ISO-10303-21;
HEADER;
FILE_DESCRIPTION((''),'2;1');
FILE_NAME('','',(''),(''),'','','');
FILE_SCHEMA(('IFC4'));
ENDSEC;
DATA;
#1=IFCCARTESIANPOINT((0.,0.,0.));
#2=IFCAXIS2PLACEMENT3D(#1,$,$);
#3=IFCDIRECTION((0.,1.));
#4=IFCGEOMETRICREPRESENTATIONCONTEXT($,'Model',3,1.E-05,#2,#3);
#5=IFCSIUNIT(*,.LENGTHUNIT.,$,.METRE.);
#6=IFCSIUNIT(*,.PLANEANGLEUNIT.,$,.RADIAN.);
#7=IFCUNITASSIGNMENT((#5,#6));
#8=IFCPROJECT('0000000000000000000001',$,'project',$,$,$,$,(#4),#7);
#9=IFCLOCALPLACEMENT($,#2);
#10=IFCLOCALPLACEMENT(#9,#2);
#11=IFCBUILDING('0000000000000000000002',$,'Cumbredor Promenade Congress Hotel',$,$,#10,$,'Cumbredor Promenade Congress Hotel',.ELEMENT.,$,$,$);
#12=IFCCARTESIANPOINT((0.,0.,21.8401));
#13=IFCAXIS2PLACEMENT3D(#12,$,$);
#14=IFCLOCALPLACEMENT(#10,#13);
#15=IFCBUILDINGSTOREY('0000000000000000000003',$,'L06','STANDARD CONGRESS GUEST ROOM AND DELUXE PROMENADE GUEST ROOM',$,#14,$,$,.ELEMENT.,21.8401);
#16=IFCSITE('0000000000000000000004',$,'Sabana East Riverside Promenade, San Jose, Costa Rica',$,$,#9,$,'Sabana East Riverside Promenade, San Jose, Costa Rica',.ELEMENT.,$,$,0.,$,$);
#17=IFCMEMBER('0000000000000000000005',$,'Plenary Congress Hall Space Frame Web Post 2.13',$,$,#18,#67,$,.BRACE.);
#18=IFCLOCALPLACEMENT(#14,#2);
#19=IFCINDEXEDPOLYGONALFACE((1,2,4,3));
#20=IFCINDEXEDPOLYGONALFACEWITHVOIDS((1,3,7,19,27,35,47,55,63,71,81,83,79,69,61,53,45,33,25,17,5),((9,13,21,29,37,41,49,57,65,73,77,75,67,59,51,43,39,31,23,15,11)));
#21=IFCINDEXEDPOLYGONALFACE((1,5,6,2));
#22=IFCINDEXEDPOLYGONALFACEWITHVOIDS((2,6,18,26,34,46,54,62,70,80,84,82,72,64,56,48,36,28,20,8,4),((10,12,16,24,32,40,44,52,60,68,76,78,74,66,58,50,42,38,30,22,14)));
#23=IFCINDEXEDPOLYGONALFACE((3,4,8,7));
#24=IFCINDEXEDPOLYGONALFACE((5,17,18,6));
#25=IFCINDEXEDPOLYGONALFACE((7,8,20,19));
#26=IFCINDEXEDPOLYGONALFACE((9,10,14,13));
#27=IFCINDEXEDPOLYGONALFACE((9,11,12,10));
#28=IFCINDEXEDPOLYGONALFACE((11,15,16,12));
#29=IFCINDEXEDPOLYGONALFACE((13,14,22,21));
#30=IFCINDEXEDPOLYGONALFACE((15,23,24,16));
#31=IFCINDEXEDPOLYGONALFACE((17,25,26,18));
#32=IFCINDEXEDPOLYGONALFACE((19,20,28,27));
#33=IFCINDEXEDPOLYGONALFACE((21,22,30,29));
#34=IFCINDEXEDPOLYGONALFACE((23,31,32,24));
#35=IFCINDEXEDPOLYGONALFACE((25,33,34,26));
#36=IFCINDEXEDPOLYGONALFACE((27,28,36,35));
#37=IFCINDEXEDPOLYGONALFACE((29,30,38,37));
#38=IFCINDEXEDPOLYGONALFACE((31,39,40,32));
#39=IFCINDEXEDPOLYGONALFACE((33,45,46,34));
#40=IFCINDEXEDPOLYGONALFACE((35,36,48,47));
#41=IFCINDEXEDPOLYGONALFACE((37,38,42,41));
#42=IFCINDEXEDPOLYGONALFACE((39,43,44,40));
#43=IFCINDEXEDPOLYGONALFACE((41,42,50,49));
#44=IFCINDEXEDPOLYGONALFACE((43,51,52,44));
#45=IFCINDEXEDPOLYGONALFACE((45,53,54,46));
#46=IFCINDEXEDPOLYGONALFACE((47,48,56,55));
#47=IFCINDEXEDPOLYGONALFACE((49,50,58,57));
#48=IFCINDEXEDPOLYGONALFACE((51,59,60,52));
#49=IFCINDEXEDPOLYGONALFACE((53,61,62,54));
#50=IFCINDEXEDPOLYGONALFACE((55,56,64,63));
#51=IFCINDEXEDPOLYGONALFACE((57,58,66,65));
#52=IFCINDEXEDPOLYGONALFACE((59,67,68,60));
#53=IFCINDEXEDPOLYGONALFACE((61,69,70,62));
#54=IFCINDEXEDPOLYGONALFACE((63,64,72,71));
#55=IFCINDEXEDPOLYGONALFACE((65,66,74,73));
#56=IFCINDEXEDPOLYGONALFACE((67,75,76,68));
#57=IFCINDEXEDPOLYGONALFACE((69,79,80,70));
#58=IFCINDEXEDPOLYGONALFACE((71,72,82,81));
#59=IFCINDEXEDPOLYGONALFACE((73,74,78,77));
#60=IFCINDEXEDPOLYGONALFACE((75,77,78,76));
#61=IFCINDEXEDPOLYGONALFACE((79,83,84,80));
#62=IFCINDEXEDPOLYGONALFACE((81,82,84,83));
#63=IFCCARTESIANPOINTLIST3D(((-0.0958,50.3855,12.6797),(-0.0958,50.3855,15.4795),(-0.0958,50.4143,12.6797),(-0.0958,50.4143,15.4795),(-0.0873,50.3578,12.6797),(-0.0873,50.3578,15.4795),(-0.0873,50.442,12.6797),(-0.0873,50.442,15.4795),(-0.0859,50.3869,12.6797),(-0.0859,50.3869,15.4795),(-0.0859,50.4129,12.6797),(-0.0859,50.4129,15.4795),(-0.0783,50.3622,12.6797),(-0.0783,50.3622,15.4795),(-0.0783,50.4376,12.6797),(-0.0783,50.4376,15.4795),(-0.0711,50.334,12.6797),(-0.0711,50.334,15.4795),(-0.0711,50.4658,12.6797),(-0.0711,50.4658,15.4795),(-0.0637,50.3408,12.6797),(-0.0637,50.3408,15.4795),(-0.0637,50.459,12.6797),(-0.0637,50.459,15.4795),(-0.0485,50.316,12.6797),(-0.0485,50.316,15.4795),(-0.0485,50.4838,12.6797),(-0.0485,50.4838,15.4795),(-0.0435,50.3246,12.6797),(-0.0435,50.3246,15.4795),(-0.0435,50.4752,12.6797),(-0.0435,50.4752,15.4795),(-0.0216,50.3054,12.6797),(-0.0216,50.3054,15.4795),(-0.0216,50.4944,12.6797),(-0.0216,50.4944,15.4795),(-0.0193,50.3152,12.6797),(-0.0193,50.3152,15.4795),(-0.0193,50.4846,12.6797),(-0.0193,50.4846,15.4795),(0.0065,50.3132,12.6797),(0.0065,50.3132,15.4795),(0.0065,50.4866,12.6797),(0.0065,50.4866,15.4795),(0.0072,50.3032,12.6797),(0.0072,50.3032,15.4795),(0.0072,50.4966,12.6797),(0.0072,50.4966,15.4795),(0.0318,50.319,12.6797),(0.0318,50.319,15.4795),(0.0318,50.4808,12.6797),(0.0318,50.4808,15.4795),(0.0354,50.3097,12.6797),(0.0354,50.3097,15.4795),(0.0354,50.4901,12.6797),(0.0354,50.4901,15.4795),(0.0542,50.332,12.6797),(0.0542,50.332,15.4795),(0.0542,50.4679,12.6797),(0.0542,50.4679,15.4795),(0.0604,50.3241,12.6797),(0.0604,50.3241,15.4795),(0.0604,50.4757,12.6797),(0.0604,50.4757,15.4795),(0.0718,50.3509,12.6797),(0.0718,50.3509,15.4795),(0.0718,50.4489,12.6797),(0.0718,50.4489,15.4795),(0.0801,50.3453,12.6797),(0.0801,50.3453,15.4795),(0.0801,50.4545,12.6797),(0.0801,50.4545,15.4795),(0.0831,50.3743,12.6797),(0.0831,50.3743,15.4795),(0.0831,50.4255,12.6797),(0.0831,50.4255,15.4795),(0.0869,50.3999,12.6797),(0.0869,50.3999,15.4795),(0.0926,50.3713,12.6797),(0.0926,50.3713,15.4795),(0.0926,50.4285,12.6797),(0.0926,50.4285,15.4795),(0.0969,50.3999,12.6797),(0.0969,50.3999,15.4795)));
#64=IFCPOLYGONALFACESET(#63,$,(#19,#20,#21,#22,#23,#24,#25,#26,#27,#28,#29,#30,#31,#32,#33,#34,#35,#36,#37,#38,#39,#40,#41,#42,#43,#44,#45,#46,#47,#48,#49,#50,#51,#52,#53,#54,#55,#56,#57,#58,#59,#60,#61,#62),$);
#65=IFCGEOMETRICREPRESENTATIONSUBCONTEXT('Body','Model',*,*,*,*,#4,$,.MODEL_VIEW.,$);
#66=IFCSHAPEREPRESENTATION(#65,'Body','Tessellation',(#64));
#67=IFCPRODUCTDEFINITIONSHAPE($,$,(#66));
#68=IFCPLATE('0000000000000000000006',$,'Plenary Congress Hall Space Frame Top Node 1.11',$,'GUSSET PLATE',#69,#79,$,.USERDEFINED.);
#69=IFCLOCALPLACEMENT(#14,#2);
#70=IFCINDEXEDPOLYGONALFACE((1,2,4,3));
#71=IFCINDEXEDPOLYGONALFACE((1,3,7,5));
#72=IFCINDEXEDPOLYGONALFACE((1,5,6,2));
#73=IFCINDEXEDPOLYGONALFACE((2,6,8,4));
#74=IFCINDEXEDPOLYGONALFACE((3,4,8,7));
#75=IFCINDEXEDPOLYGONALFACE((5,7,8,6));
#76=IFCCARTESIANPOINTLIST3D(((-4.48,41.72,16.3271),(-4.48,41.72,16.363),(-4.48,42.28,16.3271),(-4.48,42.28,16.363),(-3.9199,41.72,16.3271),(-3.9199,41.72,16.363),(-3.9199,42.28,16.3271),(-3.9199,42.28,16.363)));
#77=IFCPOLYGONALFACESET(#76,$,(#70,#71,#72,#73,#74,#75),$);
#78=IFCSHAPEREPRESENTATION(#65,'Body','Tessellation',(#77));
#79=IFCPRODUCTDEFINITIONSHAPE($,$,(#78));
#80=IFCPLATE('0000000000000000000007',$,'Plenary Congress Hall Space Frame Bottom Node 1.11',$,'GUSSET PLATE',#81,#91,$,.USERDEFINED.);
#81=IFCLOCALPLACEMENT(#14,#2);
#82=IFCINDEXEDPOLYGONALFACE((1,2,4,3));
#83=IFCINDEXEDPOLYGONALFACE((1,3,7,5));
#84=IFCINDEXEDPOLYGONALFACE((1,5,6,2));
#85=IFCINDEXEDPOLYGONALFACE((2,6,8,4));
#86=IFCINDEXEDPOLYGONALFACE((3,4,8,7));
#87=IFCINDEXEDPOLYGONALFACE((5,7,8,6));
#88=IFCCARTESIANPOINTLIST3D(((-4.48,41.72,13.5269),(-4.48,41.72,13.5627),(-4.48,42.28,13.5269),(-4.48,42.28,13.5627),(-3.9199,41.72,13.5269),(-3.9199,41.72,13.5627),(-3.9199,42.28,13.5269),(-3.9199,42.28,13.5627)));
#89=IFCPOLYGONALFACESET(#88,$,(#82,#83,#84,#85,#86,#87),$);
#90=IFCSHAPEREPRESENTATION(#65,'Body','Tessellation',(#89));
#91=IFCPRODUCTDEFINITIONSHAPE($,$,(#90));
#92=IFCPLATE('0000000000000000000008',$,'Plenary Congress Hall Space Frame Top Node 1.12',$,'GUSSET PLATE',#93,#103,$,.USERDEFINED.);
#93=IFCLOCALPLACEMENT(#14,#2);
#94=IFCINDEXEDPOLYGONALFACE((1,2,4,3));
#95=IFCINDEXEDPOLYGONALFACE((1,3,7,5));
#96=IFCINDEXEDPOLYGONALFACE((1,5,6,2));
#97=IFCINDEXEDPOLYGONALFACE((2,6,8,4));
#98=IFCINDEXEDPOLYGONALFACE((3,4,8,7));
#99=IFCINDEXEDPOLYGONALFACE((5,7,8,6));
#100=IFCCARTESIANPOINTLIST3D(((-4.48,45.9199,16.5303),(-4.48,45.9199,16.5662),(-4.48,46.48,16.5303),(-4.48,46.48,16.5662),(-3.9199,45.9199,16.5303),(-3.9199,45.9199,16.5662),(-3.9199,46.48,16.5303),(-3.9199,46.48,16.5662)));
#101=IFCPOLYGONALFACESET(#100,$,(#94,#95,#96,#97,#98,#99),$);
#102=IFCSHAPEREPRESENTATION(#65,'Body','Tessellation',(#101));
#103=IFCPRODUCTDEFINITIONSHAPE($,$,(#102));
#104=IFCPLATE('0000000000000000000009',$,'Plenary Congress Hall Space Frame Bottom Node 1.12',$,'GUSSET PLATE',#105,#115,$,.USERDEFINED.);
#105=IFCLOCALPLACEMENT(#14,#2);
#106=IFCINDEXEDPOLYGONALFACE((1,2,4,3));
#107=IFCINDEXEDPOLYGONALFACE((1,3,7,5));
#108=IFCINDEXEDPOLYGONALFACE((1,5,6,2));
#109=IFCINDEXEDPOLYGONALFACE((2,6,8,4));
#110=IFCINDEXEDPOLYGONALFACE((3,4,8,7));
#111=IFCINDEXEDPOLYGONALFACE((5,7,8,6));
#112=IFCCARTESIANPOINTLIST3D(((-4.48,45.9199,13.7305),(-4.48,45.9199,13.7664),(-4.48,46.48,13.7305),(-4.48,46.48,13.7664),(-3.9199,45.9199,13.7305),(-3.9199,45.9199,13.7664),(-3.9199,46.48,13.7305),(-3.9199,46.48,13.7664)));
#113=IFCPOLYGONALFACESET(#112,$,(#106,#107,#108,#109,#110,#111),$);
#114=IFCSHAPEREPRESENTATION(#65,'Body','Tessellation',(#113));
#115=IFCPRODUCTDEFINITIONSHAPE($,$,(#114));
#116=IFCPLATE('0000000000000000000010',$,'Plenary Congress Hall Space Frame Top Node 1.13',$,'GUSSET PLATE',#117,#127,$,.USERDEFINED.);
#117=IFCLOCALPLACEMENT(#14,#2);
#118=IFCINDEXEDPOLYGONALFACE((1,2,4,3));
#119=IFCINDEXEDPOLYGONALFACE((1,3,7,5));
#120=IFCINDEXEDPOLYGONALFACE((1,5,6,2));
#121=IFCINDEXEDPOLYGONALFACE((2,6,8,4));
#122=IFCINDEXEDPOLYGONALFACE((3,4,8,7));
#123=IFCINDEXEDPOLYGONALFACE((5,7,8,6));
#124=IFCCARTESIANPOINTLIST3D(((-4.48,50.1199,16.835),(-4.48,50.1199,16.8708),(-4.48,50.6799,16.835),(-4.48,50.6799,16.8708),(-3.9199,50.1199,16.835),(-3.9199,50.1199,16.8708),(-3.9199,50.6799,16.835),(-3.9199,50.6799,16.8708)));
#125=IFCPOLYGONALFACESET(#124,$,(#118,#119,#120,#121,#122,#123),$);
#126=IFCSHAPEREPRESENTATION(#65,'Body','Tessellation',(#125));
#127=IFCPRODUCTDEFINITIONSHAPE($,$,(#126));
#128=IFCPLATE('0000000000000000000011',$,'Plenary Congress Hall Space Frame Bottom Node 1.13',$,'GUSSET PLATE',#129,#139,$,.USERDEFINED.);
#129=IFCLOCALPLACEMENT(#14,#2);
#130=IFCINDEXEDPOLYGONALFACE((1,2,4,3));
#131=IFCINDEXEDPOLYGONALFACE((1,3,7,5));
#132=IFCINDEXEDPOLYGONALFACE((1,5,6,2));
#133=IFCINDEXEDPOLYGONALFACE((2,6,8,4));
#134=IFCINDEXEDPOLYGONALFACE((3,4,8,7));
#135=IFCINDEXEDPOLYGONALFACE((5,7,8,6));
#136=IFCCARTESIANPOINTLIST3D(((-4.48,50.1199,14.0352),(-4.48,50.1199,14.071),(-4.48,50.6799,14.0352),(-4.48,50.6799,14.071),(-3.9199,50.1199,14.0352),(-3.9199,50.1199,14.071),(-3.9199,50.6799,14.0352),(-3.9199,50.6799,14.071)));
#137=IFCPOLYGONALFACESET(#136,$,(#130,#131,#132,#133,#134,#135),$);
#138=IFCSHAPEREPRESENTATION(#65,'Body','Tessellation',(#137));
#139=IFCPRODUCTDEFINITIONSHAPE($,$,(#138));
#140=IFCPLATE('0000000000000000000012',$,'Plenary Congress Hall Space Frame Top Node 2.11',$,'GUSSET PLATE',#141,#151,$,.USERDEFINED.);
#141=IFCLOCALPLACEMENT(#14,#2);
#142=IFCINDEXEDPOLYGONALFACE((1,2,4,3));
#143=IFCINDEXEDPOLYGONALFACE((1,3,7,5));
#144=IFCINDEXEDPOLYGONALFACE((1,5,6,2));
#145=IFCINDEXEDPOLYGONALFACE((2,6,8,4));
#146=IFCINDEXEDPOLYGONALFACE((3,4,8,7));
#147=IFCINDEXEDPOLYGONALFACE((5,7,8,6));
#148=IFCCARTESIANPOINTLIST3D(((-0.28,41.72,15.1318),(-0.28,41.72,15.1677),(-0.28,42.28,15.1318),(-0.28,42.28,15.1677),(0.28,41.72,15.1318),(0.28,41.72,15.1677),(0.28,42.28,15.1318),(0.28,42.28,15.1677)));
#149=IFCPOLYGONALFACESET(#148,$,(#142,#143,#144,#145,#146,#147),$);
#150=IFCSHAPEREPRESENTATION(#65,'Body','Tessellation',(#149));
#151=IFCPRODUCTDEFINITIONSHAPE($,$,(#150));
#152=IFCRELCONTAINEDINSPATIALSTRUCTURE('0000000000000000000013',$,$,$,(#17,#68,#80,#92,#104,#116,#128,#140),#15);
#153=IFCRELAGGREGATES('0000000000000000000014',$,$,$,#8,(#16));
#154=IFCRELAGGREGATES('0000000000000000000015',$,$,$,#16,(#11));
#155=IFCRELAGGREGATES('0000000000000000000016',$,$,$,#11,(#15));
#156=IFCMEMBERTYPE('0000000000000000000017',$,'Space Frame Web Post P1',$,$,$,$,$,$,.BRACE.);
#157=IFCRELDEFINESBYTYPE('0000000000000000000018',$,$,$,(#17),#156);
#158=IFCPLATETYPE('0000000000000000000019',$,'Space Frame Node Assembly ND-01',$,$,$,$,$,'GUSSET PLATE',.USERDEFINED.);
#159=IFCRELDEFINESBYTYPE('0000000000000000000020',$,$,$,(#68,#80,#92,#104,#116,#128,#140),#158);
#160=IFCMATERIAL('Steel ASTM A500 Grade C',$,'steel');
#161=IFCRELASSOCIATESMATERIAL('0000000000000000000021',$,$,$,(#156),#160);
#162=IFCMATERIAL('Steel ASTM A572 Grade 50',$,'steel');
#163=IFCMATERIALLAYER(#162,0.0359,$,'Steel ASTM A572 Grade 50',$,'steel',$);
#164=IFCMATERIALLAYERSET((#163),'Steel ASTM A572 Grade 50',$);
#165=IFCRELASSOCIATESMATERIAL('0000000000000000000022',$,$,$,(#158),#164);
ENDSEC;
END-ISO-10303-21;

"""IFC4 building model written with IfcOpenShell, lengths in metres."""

from ifc_helpers import new_model, si_unit, direction, frame, origin, origin_2d, place, context, subcontext, project, spatial, rectangle, hollow_circle, extrude, material, layer, layer_set, material_profile, profile_set, type_object, element, save


model = new_model("IFC4")

# Units and contexts
model_context = context("Model", 3, precision=1e-05, world=origin(), true_north=direction((0.0, 1.0)))
body_context = subcontext(model_context, "Body", "Model", "MODEL_VIEW")
ifc_project = project(units=[si_unit("LENGTHUNIT", "METRE"), si_unit("PLANEANGLEUNIT", "RADIAN")], contexts=[model_context])

# Site, building, storey
site_placement = place(None, origin())
site = spatial("IfcSite", under=ifc_project, at=site_placement, Name="Sabana East Riverside Promenade, San Jose, Costa Rica", LongName="Sabana East Riverside Promenade, San Jose, Costa Rica", CompositionType="ELEMENT", RefElevation=0.0)
building_placement = place(site_placement, origin())
building = spatial("IfcBuilding", under=site, at=building_placement, Name="Cumbredor Promenade Congress Hotel", LongName="Cumbredor Promenade Congress Hotel", CompositionType="ELEMENT")
storey_placement = place(building_placement, frame((0.0, 0.0, 21.8401)))
storey = spatial("IfcBuildingStorey", under=building, at=storey_placement, Name="L06", Description="STANDARD CONGRESS GUEST ROOM AND DELUXE PROMENADE GUEST ROOM", CompositionType="ELEMENT", Elevation=21.8401)

# Member
ifc_material_1 = material(Name="Steel ASTM A500 Grade C", Category="steel")
ifc_material_profile_1 = material_profile(ifc_material_1, hollow_circle(Radius=0.0969, WallThickness=0.01, at=origin_2d()), Name="CHS 193.7x10")
ifc_profile_set_1 = profile_set([ifc_material_profile_1], Name="Steel ASTM A500 Grade C")
member_type_1 = type_object("IfcMemberType", Name="Space Frame Web Post P1", PredefinedType="BRACE", material=ifc_profile_set_1)
for number, where, z_axis, x_axis, name in (
    (1, (0.0, 50.3999, 12.6797), (0.0, 0.0, 1.0), (1.0, 0.0, 0.0), "Plenary Congress Hall Space Frame Web Post 2.13"),
):
    element("IfcMember", number, at=place(storey_placement, frame(where, z_axis=z_axis, x_axis=x_axis)), inside=storey, type_object=member_type_1, Name=name, PredefinedType="BRACE", context=body_context, shape_type="SweptSolid", body=[
        extrude(hollow_circle(Radius=0.0969, WallThickness=0.01, at=origin_2d()), origin(), (0.0, 0.0, 1.0), 2.7998),
    ])

# Plates
ifc_material_2 = material(Name="Steel ASTM A572 Grade 50", Category="steel")
ifc_layer = layer(ifc_material_2, 0.0359, Name="Steel ASTM A572 Grade 50", Category="steel")
ifc_layer_set = layer_set([ifc_layer], Name="Steel ASTM A572 Grade 50")
plate_type = type_object("IfcPlateType", Name="Space Frame Node Assembly ND-01", ElementType="GUSSET PLATE", PredefinedType="USERDEFINED", material=ifc_layer_set)
for number, where, z_axis, x_axis, name in (
    (2, (-4.2, 42.0, 16.3271), (0.0, 0.0, 1.0), (1.0, 0.0, 0.0), "Plenary Congress Hall Space Frame Top Node 1.11"),
    (3, (-4.2, 42.0, 13.5269), (0.0, 0.0, 1.0), (1.0, 0.0, 0.0), "Plenary Congress Hall Space Frame Bottom Node 1.11"),
    (4, (-4.2, 46.2, 16.5303), (0.0, 0.0, 1.0), (1.0, 0.0, 0.0), "Plenary Congress Hall Space Frame Top Node 1.12"),
    (5, (-4.2, 46.2, 13.7305), (0.0, 0.0, 1.0), (1.0, 0.0, 0.0), "Plenary Congress Hall Space Frame Bottom Node 1.12"),
    (6, (-4.2, 50.3999, 16.835), (0.0, 0.0, 1.0), (1.0, 0.0, 0.0), "Plenary Congress Hall Space Frame Top Node 1.13"),
    (7, (-4.2, 50.3999, 14.0352), (0.0, 0.0, 1.0), (1.0, 0.0, 0.0), "Plenary Congress Hall Space Frame Bottom Node 1.13"),
    (8, (0.0, 42.0, 15.1318), (0.0, 0.0, 1.0), (1.0, 0.0, 0.0), "Plenary Congress Hall Space Frame Top Node 2.11"),
):
    element("IfcPlate", number, at=place(storey_placement, frame(where, z_axis=z_axis, x_axis=x_axis)), inside=storey, type_object=plate_type, Name=name, ObjectType="GUSSET PLATE", PredefinedType="USERDEFINED", context=body_context, shape_type="SweptSolid", body=[
        extrude(rectangle(XDim=0.5601, YDim=0.5601, at=origin_2d()), origin(), (0.0, 0.0, 1.0), 0.0359),
    ])

save(model, "model.ifc")
